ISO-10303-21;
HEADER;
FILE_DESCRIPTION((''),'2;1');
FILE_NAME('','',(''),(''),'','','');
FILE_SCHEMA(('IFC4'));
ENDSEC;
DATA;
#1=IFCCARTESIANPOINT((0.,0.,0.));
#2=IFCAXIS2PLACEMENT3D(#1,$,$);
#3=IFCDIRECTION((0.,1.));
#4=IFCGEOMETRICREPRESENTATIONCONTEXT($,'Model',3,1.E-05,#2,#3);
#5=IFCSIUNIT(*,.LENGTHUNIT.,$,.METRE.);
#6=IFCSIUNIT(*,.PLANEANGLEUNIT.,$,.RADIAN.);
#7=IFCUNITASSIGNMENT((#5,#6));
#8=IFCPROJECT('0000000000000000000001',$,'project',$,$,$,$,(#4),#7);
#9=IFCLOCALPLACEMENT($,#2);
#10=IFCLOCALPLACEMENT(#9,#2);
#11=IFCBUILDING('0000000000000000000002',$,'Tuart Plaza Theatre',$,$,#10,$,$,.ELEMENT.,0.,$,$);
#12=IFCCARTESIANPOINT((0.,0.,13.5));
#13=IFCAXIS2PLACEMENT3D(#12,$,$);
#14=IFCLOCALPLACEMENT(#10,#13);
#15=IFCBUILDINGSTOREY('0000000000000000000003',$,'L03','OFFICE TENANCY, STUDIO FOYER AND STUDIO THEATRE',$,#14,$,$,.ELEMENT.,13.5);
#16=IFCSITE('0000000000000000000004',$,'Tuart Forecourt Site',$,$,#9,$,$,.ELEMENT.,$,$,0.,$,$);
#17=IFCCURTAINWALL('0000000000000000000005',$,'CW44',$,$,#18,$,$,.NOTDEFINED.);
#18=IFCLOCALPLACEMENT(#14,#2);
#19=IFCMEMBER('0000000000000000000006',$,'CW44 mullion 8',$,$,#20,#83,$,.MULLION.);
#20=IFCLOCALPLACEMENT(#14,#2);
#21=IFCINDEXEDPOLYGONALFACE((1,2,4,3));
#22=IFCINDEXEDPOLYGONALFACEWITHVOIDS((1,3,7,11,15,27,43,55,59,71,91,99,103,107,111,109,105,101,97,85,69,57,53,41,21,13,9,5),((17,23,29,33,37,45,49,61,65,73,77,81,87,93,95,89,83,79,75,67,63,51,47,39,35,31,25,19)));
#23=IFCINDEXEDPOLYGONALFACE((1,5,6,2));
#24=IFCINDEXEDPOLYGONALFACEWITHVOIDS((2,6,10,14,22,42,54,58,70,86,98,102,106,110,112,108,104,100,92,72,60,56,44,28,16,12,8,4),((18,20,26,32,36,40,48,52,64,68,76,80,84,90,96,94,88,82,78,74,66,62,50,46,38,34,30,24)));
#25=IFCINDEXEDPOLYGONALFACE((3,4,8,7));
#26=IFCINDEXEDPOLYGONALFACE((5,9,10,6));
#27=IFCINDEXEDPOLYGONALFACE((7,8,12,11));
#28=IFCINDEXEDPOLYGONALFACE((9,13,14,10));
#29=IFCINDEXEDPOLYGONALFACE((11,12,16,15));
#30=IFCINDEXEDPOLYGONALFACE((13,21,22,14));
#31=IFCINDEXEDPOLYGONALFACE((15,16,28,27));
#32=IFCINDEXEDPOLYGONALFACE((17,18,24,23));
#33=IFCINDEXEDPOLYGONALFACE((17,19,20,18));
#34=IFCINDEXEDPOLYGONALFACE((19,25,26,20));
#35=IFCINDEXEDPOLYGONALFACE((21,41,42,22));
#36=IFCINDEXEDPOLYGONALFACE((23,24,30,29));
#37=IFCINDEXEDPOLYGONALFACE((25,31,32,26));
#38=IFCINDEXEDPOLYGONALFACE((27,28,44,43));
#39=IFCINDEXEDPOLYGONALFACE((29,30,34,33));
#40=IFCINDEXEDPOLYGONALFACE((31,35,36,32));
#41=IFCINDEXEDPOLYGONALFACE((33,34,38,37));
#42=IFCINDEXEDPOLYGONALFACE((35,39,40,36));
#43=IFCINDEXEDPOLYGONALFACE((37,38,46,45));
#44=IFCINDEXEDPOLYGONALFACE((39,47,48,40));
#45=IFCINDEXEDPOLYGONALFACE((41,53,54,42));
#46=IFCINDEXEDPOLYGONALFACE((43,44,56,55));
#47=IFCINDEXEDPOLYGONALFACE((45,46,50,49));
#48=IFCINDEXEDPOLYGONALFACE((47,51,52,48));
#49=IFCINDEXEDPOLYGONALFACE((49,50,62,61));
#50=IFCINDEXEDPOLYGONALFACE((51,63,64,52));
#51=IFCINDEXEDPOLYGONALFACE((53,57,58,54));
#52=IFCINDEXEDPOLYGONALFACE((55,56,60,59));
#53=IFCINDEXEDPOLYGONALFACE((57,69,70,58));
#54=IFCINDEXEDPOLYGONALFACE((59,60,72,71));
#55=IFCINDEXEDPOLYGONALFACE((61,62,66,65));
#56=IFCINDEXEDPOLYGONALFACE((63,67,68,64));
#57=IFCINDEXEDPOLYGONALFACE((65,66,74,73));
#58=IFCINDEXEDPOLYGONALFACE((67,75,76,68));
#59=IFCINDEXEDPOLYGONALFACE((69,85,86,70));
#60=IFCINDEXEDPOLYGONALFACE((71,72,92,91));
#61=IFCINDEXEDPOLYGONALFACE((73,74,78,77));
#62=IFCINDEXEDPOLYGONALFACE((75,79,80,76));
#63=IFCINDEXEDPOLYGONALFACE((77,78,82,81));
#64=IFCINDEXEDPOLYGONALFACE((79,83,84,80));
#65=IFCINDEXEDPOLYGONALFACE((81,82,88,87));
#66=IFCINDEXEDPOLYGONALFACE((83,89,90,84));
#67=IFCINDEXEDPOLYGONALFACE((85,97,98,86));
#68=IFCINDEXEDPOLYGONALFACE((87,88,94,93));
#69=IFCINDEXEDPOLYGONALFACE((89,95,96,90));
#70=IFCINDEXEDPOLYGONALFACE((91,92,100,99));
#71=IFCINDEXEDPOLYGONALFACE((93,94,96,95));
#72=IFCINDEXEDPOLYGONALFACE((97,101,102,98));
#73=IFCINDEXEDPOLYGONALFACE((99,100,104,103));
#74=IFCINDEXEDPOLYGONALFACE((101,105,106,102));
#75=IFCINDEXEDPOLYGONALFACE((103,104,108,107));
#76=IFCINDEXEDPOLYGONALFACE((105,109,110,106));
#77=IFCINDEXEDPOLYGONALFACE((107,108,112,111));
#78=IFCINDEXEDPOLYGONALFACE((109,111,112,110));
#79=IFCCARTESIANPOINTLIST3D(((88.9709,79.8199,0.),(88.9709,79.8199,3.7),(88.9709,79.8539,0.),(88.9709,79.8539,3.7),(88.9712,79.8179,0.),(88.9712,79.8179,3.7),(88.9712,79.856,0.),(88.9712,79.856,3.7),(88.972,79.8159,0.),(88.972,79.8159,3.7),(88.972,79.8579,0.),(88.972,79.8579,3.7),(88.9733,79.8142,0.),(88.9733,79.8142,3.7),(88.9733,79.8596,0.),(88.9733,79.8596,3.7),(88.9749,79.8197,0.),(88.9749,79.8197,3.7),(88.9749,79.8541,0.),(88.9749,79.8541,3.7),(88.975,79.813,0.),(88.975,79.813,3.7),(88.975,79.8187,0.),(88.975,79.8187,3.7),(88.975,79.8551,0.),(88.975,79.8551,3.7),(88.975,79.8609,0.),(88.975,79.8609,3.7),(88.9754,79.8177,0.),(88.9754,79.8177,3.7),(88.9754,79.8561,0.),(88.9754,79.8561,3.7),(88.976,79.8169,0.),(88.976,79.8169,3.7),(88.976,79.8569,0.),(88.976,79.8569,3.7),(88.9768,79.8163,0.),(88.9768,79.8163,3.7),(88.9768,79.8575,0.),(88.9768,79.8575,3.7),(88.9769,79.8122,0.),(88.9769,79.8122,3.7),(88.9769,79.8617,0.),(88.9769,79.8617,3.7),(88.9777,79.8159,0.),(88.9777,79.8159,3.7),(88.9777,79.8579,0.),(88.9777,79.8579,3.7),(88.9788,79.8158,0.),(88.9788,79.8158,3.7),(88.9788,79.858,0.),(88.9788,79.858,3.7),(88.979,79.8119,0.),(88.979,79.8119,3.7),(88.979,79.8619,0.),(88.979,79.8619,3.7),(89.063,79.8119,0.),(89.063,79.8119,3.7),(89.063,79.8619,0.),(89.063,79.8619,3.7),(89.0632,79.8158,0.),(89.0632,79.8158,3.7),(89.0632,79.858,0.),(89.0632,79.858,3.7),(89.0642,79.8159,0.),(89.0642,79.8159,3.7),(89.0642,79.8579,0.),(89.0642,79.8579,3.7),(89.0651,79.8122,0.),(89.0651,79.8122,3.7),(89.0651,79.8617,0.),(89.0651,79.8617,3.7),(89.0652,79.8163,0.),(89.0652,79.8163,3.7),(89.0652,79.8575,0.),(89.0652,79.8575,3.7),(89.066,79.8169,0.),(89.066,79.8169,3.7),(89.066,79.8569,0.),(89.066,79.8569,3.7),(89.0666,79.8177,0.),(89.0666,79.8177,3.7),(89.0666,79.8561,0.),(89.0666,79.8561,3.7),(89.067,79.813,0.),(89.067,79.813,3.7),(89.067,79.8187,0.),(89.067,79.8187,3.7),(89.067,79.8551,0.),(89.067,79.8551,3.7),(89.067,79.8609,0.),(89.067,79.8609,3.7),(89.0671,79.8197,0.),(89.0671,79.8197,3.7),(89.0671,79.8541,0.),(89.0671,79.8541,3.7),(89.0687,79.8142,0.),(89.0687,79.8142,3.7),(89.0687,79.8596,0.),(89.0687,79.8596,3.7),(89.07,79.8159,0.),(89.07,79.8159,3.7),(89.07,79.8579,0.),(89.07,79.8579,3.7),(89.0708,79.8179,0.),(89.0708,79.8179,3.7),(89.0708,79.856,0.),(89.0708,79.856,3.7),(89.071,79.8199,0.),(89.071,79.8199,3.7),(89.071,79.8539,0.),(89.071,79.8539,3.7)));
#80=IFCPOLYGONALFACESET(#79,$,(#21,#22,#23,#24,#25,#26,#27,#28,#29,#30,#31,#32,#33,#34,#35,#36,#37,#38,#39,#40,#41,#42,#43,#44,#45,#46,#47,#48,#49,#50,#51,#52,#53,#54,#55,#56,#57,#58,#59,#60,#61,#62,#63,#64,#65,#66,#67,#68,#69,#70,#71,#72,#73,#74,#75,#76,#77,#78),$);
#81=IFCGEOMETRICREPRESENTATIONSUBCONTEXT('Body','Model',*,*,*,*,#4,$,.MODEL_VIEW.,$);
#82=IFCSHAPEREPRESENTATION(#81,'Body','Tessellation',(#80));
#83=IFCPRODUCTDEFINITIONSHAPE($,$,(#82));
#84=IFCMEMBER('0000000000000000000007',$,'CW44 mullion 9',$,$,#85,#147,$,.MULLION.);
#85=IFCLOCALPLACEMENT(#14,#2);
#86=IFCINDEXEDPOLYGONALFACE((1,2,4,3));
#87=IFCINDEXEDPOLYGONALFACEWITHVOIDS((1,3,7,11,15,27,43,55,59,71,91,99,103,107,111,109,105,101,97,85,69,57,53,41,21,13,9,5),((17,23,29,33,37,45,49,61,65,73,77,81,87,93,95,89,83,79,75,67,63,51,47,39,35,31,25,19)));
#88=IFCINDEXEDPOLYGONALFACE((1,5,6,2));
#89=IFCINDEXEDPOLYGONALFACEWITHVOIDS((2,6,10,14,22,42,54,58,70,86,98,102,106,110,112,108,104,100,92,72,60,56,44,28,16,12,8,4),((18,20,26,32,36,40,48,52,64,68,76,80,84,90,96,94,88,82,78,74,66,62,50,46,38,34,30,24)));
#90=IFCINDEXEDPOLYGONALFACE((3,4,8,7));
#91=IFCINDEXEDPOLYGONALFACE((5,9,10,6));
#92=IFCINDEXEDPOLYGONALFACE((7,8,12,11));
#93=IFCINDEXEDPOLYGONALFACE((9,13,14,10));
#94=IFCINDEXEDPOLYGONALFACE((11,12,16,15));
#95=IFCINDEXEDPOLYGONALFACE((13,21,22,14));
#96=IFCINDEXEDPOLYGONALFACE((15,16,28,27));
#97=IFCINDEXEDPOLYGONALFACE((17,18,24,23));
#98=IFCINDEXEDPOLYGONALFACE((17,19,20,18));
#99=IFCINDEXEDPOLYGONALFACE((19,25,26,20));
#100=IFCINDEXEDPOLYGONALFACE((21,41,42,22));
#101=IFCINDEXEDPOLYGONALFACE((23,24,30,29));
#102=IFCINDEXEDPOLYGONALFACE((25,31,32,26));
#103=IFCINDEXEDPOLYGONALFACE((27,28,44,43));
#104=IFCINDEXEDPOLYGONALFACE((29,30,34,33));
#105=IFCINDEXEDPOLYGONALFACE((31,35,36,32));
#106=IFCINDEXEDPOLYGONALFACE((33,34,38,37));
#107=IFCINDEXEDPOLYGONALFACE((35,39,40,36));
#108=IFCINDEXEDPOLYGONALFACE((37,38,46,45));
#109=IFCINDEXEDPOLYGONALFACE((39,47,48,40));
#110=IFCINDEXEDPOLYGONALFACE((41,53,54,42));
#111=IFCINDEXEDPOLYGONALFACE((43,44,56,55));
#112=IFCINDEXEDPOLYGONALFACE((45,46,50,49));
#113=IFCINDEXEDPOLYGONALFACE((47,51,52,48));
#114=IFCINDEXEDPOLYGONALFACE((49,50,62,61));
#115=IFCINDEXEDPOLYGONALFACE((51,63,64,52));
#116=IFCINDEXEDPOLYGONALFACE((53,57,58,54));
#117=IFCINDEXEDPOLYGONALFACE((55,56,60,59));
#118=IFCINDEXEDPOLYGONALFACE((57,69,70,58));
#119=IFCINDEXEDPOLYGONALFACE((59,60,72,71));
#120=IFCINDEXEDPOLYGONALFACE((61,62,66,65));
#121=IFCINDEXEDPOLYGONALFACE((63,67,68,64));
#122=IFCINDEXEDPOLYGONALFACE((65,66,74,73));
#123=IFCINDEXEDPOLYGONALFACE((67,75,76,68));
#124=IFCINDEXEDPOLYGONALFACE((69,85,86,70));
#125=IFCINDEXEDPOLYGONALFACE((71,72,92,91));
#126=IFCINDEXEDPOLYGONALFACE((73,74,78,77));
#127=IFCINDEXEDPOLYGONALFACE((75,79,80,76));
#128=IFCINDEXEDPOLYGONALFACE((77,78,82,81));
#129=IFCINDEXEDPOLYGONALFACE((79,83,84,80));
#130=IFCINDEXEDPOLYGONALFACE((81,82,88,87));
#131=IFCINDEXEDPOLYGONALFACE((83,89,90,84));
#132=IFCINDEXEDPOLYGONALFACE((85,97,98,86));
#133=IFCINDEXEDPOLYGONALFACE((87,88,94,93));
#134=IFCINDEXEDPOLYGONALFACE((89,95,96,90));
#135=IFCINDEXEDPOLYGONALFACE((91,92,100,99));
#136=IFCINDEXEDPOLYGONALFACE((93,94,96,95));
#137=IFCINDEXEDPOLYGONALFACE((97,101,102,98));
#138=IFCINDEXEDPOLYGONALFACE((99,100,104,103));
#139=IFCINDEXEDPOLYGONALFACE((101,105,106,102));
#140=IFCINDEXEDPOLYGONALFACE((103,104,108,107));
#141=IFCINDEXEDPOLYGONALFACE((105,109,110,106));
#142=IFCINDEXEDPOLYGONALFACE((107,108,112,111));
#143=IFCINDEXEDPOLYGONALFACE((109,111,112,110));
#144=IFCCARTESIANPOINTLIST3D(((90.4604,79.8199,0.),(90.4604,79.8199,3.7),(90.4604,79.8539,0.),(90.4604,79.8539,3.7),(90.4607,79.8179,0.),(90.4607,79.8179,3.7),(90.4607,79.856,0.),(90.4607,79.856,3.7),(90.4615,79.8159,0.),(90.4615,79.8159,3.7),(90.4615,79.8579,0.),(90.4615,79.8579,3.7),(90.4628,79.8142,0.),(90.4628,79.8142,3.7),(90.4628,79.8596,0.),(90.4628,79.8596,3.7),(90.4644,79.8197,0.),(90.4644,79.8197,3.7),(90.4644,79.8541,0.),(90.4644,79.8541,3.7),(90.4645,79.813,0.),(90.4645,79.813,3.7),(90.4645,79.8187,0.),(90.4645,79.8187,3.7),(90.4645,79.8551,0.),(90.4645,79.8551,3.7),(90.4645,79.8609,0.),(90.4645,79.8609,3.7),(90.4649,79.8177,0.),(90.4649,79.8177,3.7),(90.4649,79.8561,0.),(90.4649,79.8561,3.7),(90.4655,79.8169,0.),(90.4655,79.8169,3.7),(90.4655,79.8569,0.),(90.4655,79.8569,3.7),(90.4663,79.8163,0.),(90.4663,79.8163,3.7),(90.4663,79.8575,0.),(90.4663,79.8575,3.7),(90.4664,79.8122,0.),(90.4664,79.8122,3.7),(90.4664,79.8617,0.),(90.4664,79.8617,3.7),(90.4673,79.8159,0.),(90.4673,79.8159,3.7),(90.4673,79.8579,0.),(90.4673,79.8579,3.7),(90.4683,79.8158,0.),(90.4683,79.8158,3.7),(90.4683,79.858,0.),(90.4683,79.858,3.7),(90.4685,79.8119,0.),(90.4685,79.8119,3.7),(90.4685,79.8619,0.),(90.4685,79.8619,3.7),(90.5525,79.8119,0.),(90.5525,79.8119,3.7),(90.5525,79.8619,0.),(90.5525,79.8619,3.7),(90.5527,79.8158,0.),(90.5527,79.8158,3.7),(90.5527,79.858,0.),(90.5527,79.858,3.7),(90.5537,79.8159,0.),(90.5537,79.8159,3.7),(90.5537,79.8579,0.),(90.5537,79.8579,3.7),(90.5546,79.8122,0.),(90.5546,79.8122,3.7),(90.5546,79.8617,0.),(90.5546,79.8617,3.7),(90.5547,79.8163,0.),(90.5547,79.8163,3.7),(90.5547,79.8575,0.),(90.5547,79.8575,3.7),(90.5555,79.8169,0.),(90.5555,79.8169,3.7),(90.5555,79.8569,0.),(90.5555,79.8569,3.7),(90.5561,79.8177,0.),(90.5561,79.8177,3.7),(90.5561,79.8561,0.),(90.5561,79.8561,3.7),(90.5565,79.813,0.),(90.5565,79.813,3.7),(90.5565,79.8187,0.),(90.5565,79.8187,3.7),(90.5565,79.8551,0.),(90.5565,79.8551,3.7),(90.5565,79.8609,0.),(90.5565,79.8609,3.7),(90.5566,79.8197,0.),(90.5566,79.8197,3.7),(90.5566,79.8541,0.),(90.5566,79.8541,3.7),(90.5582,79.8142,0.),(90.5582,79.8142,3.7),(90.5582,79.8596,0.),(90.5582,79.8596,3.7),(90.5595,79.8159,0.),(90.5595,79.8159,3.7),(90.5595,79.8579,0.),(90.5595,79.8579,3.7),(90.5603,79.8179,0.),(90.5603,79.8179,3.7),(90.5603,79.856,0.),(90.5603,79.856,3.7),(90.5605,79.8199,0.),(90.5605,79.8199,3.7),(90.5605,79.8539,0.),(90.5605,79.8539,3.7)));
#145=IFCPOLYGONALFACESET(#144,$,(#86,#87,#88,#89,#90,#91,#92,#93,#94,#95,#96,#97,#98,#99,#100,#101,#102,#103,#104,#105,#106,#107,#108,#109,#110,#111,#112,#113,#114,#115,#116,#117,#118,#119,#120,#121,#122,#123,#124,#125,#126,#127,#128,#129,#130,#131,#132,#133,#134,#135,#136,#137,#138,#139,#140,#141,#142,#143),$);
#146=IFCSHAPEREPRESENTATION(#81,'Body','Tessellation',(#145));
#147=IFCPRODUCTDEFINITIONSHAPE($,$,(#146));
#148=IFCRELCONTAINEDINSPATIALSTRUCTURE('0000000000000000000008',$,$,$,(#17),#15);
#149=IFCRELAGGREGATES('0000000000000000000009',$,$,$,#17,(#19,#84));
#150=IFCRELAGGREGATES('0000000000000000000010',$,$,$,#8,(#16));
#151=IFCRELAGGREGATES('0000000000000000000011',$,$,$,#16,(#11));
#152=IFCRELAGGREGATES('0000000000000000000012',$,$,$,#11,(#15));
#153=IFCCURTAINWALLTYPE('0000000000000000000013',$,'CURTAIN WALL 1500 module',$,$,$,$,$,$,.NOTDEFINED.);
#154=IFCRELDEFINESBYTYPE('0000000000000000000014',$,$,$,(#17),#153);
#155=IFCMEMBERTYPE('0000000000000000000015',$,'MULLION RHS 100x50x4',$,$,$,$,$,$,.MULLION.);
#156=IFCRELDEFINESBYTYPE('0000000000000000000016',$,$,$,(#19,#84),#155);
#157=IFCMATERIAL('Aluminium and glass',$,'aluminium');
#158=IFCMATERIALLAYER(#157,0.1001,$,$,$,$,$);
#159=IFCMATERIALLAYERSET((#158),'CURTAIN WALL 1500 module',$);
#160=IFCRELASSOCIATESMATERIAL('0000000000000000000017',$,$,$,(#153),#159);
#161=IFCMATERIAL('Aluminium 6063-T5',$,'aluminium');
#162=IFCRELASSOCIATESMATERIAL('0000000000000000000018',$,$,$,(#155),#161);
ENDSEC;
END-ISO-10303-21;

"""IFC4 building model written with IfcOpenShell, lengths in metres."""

from ifc_helpers import new_model, si_unit, direction, frame, origin, origin_2d, place, context, subcontext, project, spatial, hollow_rectangle, extrude, material, layer, layer_set, material_profile, profile_set, type_object, element, aggregate, save


model = new_model("IFC4")

# Units and contexts
model_context = context("Model", 3, precision=1e-05, world=origin(), true_north=direction((0.0, 1.0)))
body_context = subcontext(model_context, "Body", "Model", "MODEL_VIEW")
ifc_project = project(units=[si_unit("LENGTHUNIT", "METRE"), si_unit("PLANEANGLEUNIT", "RADIAN")], contexts=[model_context])

# Site, building, storey
site_placement = place(None, origin())
site = spatial("IfcSite", under=ifc_project, at=site_placement, Name="Tuart Forecourt Site", CompositionType="ELEMENT", RefElevation=0.0)
building_placement = place(site_placement, origin())
building = spatial("IfcBuilding", under=site, at=building_placement, Name="Tuart Plaza Theatre", CompositionType="ELEMENT", ElevationOfRefHeight=0.0)
storey_placement = place(building_placement, frame((0.0, 0.0, 13.5)))
storey = spatial("IfcBuildingStorey", under=building, at=storey_placement, Name="L03", Description="OFFICE TENANCY, STUDIO FOYER AND STUDIO THEATRE", CompositionType="ELEMENT", Elevation=13.5)

# Curtain wall, members
ifc_material_1 = material(Name="Aluminium and glass", Category="aluminium")
ifc_layer_1 = layer(ifc_material_1, 0.1001)
ifc_layer_set_1 = layer_set([ifc_layer_1], Name="CURTAIN WALL 1500 module")
curtain_wall_type = type_object("IfcCurtainWallType", Name="CURTAIN WALL 1500 module", PredefinedType="NOTDEFINED", material=ifc_layer_set_1)
curtain_wall_placement = place(storey_placement, origin())
curtain_wall = element("IfcCurtainWall", 1, at=curtain_wall_placement, inside=storey, type_object=curtain_wall_type, Name="CW44", PredefinedType="NOTDEFINED")
ifc_material_2 = material(Name="Aluminium 6063-T5", Category="aluminium")
ifc_material_profile_1 = material_profile(ifc_material_2, hollow_rectangle(XDim=0.05, YDim=0.1001, WallThickness=0.0039, InnerFilletRadius=0.0039, OuterFilletRadius=0.0081, at=origin_2d()), Name="RHS 100x50x4")
ifc_profile_set_1 = profile_set([ifc_material_profile_1], Name="Aluminium 6063-T5")
member_type_1 = type_object("IfcMemberType", Name="MULLION RHS 100x50x4", PredefinedType="MULLION", material=ifc_profile_set_1)
member_1_placement = place(storey_placement, frame((89.021, 79.8369, 0.0), z_axis=(0.0, 0.0, 1.0), x_axis=(0.0, 1.0, 0.0)))
member_1 = element("IfcMember", 2, at=member_1_placement, type_object=member_type_1, Name="CW44 mullion 8", PredefinedType="MULLION", context=body_context, shape_type="SweptSolid", body=[
    extrude(hollow_rectangle(XDim=0.05, YDim=0.1001, WallThickness=0.0039, InnerFilletRadius=0.0039, OuterFilletRadius=0.0081, at=origin_2d()), origin(), (0.0, 0.0, 1.0), 3.7),
])
member_2_placement = place(storey_placement, frame((90.5105, 79.8369, 0.0), z_axis=(0.0, 0.0, 1.0), x_axis=(0.0, 1.0, 0.0)))
member_2 = element("IfcMember", 3, at=member_2_placement, type_object=member_type_1, Name="CW44 mullion 9", PredefinedType="MULLION", context=body_context, shape_type="SweptSolid", body=[
    extrude(hollow_rectangle(XDim=0.05, YDim=0.1001, WallThickness=0.0039, InnerFilletRadius=0.0039, OuterFilletRadius=0.0081, at=origin_2d()), origin(), (0.0, 0.0, 1.0), 3.7),
])
aggregate(curtain_wall, [member_1, member_2])

save(model, "model.ifc")
